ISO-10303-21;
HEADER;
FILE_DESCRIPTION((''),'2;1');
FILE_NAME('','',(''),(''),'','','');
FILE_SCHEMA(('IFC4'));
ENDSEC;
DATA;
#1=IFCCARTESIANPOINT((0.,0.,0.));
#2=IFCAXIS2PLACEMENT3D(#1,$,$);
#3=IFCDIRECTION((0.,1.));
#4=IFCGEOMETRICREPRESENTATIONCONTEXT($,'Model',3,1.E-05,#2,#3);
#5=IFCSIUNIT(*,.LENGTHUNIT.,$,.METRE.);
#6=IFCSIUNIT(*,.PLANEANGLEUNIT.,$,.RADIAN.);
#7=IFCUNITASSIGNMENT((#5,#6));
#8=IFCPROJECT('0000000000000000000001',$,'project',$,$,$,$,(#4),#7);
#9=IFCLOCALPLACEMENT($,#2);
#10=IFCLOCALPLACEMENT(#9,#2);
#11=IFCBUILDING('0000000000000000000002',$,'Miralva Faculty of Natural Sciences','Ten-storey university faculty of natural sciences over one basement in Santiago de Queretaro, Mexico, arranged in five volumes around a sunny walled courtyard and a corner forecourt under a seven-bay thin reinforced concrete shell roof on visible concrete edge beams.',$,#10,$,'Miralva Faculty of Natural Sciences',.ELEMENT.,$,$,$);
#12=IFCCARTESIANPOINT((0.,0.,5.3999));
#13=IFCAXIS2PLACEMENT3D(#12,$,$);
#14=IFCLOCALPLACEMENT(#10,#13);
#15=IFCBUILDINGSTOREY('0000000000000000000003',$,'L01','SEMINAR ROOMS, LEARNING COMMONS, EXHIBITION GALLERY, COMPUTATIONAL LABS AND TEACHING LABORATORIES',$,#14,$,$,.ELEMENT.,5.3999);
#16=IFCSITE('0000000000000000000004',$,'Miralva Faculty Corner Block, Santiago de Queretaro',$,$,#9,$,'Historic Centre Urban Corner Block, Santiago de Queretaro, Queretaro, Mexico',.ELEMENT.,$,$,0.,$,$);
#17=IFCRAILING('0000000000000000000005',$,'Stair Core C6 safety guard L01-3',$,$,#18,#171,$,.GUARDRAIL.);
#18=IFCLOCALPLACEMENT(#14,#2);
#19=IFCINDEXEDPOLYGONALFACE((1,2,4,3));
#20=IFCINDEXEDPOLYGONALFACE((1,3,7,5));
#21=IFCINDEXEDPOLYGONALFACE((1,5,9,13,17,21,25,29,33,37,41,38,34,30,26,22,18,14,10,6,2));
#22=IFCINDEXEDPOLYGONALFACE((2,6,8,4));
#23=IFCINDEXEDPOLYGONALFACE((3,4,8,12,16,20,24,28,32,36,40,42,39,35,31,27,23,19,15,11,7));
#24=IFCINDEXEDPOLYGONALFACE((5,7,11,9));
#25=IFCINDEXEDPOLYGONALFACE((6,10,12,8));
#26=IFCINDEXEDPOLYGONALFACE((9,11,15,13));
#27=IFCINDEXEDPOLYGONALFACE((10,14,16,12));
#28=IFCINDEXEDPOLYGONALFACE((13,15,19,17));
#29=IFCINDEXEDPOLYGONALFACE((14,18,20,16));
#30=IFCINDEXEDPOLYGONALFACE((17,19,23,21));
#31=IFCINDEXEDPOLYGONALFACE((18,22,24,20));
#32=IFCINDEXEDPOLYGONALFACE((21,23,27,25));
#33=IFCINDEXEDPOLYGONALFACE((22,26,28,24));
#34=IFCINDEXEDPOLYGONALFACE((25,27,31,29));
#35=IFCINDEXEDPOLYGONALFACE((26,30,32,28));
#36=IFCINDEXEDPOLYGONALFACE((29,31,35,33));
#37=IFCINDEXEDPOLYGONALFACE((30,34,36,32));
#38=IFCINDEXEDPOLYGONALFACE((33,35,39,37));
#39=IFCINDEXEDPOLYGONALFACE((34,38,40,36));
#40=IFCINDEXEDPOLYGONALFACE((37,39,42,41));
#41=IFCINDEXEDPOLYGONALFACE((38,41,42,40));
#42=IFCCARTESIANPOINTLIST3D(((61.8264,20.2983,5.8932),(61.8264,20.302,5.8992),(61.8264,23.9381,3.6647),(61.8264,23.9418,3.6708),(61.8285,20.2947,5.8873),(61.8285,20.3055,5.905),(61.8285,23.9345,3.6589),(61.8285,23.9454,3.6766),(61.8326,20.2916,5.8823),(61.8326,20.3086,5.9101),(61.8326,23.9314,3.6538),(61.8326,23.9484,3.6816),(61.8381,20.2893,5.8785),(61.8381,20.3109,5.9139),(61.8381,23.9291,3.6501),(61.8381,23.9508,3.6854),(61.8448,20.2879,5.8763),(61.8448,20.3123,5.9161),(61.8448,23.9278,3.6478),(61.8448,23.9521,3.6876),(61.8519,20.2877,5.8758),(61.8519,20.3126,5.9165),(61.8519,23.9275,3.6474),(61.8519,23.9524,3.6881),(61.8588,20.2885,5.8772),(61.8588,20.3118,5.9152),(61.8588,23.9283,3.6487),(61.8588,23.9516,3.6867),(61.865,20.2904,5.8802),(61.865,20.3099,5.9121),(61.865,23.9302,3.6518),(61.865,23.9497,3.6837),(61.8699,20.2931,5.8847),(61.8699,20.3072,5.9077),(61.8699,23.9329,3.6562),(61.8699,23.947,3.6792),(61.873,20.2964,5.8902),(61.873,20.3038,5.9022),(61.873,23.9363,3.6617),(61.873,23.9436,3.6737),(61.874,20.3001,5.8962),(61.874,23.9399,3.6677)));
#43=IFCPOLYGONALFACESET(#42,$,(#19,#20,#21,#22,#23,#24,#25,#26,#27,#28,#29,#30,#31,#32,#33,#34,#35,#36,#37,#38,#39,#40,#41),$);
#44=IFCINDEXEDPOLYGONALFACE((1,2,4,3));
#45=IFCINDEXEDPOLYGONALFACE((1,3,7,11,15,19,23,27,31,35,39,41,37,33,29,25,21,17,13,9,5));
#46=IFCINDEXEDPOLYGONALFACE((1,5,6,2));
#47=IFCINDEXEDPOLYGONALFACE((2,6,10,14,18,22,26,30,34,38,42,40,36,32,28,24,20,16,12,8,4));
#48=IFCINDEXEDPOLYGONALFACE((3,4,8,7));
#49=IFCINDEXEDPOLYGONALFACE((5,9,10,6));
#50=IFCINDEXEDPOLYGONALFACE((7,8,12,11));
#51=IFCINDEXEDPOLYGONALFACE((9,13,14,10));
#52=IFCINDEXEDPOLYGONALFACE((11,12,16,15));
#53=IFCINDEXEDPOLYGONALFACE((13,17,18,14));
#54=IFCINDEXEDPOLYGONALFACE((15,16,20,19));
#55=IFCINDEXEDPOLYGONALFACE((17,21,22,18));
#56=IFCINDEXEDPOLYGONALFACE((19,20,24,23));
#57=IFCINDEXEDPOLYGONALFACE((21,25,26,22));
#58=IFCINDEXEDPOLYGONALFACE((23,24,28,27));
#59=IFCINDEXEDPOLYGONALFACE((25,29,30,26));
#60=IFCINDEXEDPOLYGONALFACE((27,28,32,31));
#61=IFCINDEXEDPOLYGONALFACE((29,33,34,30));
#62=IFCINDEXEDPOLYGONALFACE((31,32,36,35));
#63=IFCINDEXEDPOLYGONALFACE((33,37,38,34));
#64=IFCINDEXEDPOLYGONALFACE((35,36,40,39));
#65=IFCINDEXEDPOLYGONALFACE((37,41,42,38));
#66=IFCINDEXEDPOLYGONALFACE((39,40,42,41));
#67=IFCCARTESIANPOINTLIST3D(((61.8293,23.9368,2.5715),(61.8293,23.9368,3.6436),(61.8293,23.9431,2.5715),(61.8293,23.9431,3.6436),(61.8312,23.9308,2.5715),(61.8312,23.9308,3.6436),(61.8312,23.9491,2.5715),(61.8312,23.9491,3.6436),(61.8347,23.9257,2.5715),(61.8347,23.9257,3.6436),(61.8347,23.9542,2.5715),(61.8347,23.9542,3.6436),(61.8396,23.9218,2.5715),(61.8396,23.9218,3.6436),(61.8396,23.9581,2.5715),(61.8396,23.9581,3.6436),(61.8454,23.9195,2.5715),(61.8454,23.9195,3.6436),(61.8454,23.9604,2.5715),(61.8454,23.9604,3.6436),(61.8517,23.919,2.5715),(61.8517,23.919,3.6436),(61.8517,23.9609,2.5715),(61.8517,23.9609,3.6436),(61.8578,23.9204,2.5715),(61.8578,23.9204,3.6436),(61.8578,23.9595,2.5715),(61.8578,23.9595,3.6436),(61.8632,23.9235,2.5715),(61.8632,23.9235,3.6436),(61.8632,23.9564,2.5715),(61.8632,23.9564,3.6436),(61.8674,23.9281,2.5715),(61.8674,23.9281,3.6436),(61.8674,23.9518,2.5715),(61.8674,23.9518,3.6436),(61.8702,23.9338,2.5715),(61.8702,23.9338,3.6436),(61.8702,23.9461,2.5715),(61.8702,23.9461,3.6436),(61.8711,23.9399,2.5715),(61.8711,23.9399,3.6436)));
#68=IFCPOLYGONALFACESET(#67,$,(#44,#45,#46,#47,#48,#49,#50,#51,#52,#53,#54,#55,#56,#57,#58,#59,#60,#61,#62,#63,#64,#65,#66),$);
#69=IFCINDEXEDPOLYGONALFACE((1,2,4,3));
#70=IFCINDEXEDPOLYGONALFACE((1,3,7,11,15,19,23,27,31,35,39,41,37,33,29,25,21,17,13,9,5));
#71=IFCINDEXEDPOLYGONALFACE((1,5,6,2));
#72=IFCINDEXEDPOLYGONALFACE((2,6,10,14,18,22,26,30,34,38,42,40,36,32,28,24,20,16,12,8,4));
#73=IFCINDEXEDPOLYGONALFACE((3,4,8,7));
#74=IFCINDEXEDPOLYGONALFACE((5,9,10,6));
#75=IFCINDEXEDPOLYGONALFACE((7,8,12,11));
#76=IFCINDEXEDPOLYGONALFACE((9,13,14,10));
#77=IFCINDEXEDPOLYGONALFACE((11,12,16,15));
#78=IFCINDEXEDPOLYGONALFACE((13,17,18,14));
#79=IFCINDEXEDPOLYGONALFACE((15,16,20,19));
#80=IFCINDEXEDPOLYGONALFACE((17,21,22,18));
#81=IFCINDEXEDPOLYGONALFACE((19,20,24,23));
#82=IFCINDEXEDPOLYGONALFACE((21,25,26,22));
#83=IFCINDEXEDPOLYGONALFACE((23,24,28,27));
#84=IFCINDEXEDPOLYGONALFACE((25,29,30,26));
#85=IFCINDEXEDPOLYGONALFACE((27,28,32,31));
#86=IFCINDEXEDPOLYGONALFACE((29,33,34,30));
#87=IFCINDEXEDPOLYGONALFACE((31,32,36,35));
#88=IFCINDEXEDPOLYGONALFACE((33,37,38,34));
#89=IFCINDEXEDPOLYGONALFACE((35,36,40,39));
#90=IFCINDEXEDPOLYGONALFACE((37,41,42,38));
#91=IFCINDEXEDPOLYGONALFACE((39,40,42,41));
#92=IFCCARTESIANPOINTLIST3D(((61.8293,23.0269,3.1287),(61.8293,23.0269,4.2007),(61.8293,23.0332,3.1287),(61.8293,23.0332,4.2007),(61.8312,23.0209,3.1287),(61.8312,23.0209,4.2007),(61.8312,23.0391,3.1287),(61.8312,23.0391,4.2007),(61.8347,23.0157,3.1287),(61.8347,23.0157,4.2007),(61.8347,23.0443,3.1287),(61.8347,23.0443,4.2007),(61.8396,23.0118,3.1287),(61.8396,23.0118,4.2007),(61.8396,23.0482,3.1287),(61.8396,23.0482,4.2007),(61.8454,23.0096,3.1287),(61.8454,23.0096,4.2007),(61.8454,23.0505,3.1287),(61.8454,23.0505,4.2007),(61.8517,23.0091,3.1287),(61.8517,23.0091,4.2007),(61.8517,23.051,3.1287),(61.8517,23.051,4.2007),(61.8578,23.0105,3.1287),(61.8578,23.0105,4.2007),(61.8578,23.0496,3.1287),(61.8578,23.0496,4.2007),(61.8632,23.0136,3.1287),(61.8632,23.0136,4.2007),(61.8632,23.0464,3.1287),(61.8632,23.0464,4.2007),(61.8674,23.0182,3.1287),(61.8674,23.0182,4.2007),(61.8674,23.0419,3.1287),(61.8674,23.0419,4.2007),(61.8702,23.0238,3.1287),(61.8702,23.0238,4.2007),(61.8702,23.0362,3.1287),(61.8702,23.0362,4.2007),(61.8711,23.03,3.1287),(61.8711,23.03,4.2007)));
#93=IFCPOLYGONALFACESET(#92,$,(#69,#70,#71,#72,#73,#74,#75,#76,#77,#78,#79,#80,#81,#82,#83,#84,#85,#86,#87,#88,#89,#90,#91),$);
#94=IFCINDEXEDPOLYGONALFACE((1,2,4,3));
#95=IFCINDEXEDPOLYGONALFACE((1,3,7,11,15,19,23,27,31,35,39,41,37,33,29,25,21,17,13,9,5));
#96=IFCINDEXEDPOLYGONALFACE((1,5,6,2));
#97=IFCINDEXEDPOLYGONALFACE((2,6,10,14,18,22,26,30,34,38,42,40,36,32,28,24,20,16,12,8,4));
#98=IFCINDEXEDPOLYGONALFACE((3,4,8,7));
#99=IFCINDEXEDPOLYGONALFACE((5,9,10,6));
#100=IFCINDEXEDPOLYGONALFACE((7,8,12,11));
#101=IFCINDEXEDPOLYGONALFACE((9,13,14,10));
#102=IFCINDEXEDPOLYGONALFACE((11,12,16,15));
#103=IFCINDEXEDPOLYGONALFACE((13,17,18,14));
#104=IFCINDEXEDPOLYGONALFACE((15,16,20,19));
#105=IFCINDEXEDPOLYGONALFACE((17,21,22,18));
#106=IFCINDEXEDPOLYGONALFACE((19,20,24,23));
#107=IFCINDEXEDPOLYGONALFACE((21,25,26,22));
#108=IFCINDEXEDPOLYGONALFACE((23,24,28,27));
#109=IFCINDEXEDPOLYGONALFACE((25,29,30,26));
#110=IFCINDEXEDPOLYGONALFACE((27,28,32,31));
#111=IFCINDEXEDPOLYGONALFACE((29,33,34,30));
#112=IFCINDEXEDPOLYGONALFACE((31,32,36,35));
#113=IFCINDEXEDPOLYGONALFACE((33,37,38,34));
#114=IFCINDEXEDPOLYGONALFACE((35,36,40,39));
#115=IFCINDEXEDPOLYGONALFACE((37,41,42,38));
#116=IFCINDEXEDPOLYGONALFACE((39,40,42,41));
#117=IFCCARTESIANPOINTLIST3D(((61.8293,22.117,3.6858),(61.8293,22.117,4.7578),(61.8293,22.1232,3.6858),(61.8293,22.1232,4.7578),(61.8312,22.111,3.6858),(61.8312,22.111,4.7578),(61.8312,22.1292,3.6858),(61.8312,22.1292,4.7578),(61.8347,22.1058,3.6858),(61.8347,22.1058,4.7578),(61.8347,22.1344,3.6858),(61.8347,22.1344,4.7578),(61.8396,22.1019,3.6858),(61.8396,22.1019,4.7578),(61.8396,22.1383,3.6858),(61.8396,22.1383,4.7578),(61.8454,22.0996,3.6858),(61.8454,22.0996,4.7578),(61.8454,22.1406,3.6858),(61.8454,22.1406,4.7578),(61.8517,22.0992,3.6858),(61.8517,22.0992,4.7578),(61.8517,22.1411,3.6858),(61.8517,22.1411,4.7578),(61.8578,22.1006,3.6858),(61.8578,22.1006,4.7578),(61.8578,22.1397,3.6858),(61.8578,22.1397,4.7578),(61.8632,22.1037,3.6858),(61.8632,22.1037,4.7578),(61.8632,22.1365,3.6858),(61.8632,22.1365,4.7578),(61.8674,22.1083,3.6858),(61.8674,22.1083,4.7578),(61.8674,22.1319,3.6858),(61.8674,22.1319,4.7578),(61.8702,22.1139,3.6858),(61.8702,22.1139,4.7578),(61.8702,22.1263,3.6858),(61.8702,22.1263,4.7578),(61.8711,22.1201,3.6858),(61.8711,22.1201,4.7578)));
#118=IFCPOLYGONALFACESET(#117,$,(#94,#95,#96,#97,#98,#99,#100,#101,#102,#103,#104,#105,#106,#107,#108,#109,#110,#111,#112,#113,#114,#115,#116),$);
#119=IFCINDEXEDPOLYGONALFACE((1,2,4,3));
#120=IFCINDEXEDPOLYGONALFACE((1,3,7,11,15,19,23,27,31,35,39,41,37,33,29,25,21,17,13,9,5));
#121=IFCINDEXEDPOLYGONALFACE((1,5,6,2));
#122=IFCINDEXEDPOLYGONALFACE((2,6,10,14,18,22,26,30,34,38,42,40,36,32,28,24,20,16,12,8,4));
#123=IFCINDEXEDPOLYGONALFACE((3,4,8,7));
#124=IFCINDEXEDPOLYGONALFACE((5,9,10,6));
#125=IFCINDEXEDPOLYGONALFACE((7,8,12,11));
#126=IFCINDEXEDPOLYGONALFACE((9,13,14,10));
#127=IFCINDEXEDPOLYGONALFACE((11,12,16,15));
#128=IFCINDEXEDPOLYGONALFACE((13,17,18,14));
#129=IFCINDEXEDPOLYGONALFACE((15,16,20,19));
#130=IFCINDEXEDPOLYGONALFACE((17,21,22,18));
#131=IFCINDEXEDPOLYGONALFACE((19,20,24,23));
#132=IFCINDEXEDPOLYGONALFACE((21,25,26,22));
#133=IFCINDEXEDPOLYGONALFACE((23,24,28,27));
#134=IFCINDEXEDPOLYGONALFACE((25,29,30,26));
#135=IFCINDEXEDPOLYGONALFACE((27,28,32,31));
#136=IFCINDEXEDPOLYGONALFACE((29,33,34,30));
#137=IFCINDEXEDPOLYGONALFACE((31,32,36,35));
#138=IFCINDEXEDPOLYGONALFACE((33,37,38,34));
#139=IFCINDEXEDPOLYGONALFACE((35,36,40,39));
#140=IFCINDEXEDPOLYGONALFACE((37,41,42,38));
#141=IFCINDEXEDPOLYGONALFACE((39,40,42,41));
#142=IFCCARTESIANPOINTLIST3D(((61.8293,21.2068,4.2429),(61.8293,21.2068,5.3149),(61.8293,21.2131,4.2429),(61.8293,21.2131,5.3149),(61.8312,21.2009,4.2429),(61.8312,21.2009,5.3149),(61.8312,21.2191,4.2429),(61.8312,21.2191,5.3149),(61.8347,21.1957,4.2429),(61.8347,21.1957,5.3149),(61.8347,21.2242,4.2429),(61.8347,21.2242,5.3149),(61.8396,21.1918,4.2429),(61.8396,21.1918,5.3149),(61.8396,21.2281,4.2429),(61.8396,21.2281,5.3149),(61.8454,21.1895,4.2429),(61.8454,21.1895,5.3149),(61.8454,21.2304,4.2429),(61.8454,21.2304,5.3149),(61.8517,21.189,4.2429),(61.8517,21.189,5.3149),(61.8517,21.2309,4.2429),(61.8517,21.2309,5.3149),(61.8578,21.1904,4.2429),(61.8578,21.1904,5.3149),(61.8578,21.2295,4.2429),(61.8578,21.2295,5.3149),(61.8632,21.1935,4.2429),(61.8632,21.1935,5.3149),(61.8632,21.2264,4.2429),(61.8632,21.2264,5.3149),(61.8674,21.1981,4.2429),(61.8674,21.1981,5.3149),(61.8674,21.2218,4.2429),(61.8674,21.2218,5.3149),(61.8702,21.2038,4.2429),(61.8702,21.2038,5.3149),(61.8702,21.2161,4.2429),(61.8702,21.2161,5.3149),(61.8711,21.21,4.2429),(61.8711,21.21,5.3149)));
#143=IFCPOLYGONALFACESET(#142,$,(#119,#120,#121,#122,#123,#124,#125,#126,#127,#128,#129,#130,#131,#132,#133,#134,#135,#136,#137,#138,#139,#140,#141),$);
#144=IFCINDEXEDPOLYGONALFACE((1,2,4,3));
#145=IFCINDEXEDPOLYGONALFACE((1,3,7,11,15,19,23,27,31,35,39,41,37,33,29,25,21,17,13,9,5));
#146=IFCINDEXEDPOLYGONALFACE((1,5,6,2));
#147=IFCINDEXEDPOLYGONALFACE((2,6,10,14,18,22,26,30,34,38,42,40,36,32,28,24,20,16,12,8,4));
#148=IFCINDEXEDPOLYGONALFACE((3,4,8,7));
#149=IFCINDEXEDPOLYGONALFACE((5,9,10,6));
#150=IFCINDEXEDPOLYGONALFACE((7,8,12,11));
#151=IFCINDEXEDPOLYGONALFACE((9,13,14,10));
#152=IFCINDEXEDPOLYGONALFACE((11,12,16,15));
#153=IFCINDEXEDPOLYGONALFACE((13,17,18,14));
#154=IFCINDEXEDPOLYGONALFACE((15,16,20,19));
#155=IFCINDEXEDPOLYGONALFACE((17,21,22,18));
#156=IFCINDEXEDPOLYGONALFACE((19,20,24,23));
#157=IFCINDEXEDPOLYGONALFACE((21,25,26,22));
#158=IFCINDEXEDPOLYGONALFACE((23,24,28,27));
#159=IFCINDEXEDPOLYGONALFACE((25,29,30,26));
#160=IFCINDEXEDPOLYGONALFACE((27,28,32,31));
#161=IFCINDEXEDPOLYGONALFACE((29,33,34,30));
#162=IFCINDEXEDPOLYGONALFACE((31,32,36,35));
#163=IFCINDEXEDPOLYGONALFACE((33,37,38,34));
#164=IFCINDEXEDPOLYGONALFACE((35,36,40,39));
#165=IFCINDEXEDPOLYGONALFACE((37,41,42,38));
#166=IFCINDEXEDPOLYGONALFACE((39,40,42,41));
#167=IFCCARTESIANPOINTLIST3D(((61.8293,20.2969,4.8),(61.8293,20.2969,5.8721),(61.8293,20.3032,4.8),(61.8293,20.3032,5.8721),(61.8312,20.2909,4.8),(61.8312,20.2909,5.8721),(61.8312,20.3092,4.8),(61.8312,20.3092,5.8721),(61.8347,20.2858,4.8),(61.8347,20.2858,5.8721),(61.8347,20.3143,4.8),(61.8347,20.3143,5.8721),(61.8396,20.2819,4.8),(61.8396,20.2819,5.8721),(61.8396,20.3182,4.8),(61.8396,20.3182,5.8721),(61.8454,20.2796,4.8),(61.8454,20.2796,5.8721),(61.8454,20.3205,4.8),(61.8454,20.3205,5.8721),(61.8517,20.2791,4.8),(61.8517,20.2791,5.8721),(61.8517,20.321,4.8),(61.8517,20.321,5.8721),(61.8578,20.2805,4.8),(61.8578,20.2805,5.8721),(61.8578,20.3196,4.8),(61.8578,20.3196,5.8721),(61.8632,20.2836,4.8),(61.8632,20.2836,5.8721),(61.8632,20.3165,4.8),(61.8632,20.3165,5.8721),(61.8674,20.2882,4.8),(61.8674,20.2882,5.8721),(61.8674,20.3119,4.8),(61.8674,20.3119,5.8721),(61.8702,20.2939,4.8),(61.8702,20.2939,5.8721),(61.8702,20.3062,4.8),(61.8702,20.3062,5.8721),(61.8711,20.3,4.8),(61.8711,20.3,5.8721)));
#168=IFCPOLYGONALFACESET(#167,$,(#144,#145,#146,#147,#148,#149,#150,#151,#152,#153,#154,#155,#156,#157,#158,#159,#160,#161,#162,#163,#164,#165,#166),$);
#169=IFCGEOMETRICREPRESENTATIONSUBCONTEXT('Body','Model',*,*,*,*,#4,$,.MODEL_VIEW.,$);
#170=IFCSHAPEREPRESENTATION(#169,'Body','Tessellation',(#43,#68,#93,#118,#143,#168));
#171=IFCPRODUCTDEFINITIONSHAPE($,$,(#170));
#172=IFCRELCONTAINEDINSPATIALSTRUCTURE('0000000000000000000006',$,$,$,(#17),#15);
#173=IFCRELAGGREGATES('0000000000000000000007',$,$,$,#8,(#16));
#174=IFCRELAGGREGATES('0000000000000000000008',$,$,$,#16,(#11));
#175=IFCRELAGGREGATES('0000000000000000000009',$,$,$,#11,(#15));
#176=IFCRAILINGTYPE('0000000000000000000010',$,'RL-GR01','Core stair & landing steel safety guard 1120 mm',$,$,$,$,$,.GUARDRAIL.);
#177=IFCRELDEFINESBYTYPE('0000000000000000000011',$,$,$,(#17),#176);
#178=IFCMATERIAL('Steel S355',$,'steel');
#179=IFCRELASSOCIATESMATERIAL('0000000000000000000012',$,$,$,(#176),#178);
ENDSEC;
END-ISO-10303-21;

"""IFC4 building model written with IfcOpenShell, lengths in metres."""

from ifc_helpers import new_model, si_unit, direction, frame, origin, origin_2d, place, context, subcontext, project, spatial, circle, extrude, material, type_object, element, save


model = new_model("IFC4")

# Units and contexts
model_context = context("Model", 3, precision=1e-05, world=origin(), true_north=direction((0.0, 1.0)))
body_context = subcontext(model_context, "Body", "Model", "MODEL_VIEW")
ifc_project = project(units=[si_unit("LENGTHUNIT", "METRE"), si_unit("PLANEANGLEUNIT", "RADIAN")], contexts=[model_context])

# Site, building, storey
site_placement = place(None, origin())
site = spatial("IfcSite", under=ifc_project, at=site_placement, Name="Miralva Faculty Corner Block, Santiago de Queretaro", LongName="Historic Centre Urban Corner Block, Santiago de Queretaro, Queretaro, Mexico", CompositionType="ELEMENT", RefElevation=0.0)
building_placement = place(site_placement, origin())
building = spatial("IfcBuilding", under=site, at=building_placement, Name="Miralva Faculty of Natural Sciences", Description="Ten-storey university faculty of natural sciences over one basement in Santiago de Queretaro, Mexico, arranged in five volumes around a sunny walled courtyard and a corner forecourt under a seven-bay thin reinforced concrete shell roof on visible concrete edge beams.", LongName="Miralva Faculty of Natural Sciences", CompositionType="ELEMENT")
storey_placement = place(building_placement, frame((0.0, 0.0, 5.3999)))
storey = spatial("IfcBuildingStorey", under=building, at=storey_placement, Name="L01", Description="SEMINAR ROOMS, LEARNING COMMONS, EXHIBITION GALLERY, COMPUTATIONAL LABS AND TEACHING LABORATORIES", CompositionType="ELEMENT", Elevation=5.3999)

# Railing
ifc_material_1 = material(Name="Steel S355", Category="steel")
railing_type_1 = type_object("IfcRailingType", Name="RL-GR01", Description="Core stair & landing steel safety guard 1120 mm", PredefinedType="GUARDRAIL", material=ifc_material_1)
railing_1_placement = place(storey_placement, frame((61.8501, 23.9399, 2.5715)))
element("IfcRailing", 1, at=railing_1_placement, inside=storey, type_object=railing_type_1, Name="Stair Core C6 safety guard L01-3", PredefinedType="GUARDRAIL", context=body_context, shape_type="SweptSolid", body=[
    extrude(circle(Radius=0.0239, at=origin_2d()), frame((0.0, 0.0, 1.0962), z_axis=(0.0, -0.85285, 0.522156), x_axis=(1.0, 0.0, 0.0)), (0.0, 0.0, 1.0), 4.2678),
    extrude(circle(Radius=0.021, at=origin_2d()), origin(), (0.0, 0.0, 1.0), 1.072),
    extrude(circle(Radius=0.021, at=origin_2d()), frame((0.0, -0.9099, 0.5571)), (0.0, 0.0, 1.0), 1.072),
    extrude(circle(Radius=0.021, at=origin_2d()), frame((0.0, -1.8198, 1.1143)), (0.0, 0.0, 1.0), 1.072),
    extrude(circle(Radius=0.021, at=origin_2d()), frame((0.0, -2.73, 1.6714)), (0.0, 0.0, 1.0), 1.072),
    extrude(circle(Radius=0.021, at=origin_2d()), frame((0.0, -3.6399, 2.2285)), (0.0, 0.0, 1.0), 1.072),
])

save(model, "model.ifc")
